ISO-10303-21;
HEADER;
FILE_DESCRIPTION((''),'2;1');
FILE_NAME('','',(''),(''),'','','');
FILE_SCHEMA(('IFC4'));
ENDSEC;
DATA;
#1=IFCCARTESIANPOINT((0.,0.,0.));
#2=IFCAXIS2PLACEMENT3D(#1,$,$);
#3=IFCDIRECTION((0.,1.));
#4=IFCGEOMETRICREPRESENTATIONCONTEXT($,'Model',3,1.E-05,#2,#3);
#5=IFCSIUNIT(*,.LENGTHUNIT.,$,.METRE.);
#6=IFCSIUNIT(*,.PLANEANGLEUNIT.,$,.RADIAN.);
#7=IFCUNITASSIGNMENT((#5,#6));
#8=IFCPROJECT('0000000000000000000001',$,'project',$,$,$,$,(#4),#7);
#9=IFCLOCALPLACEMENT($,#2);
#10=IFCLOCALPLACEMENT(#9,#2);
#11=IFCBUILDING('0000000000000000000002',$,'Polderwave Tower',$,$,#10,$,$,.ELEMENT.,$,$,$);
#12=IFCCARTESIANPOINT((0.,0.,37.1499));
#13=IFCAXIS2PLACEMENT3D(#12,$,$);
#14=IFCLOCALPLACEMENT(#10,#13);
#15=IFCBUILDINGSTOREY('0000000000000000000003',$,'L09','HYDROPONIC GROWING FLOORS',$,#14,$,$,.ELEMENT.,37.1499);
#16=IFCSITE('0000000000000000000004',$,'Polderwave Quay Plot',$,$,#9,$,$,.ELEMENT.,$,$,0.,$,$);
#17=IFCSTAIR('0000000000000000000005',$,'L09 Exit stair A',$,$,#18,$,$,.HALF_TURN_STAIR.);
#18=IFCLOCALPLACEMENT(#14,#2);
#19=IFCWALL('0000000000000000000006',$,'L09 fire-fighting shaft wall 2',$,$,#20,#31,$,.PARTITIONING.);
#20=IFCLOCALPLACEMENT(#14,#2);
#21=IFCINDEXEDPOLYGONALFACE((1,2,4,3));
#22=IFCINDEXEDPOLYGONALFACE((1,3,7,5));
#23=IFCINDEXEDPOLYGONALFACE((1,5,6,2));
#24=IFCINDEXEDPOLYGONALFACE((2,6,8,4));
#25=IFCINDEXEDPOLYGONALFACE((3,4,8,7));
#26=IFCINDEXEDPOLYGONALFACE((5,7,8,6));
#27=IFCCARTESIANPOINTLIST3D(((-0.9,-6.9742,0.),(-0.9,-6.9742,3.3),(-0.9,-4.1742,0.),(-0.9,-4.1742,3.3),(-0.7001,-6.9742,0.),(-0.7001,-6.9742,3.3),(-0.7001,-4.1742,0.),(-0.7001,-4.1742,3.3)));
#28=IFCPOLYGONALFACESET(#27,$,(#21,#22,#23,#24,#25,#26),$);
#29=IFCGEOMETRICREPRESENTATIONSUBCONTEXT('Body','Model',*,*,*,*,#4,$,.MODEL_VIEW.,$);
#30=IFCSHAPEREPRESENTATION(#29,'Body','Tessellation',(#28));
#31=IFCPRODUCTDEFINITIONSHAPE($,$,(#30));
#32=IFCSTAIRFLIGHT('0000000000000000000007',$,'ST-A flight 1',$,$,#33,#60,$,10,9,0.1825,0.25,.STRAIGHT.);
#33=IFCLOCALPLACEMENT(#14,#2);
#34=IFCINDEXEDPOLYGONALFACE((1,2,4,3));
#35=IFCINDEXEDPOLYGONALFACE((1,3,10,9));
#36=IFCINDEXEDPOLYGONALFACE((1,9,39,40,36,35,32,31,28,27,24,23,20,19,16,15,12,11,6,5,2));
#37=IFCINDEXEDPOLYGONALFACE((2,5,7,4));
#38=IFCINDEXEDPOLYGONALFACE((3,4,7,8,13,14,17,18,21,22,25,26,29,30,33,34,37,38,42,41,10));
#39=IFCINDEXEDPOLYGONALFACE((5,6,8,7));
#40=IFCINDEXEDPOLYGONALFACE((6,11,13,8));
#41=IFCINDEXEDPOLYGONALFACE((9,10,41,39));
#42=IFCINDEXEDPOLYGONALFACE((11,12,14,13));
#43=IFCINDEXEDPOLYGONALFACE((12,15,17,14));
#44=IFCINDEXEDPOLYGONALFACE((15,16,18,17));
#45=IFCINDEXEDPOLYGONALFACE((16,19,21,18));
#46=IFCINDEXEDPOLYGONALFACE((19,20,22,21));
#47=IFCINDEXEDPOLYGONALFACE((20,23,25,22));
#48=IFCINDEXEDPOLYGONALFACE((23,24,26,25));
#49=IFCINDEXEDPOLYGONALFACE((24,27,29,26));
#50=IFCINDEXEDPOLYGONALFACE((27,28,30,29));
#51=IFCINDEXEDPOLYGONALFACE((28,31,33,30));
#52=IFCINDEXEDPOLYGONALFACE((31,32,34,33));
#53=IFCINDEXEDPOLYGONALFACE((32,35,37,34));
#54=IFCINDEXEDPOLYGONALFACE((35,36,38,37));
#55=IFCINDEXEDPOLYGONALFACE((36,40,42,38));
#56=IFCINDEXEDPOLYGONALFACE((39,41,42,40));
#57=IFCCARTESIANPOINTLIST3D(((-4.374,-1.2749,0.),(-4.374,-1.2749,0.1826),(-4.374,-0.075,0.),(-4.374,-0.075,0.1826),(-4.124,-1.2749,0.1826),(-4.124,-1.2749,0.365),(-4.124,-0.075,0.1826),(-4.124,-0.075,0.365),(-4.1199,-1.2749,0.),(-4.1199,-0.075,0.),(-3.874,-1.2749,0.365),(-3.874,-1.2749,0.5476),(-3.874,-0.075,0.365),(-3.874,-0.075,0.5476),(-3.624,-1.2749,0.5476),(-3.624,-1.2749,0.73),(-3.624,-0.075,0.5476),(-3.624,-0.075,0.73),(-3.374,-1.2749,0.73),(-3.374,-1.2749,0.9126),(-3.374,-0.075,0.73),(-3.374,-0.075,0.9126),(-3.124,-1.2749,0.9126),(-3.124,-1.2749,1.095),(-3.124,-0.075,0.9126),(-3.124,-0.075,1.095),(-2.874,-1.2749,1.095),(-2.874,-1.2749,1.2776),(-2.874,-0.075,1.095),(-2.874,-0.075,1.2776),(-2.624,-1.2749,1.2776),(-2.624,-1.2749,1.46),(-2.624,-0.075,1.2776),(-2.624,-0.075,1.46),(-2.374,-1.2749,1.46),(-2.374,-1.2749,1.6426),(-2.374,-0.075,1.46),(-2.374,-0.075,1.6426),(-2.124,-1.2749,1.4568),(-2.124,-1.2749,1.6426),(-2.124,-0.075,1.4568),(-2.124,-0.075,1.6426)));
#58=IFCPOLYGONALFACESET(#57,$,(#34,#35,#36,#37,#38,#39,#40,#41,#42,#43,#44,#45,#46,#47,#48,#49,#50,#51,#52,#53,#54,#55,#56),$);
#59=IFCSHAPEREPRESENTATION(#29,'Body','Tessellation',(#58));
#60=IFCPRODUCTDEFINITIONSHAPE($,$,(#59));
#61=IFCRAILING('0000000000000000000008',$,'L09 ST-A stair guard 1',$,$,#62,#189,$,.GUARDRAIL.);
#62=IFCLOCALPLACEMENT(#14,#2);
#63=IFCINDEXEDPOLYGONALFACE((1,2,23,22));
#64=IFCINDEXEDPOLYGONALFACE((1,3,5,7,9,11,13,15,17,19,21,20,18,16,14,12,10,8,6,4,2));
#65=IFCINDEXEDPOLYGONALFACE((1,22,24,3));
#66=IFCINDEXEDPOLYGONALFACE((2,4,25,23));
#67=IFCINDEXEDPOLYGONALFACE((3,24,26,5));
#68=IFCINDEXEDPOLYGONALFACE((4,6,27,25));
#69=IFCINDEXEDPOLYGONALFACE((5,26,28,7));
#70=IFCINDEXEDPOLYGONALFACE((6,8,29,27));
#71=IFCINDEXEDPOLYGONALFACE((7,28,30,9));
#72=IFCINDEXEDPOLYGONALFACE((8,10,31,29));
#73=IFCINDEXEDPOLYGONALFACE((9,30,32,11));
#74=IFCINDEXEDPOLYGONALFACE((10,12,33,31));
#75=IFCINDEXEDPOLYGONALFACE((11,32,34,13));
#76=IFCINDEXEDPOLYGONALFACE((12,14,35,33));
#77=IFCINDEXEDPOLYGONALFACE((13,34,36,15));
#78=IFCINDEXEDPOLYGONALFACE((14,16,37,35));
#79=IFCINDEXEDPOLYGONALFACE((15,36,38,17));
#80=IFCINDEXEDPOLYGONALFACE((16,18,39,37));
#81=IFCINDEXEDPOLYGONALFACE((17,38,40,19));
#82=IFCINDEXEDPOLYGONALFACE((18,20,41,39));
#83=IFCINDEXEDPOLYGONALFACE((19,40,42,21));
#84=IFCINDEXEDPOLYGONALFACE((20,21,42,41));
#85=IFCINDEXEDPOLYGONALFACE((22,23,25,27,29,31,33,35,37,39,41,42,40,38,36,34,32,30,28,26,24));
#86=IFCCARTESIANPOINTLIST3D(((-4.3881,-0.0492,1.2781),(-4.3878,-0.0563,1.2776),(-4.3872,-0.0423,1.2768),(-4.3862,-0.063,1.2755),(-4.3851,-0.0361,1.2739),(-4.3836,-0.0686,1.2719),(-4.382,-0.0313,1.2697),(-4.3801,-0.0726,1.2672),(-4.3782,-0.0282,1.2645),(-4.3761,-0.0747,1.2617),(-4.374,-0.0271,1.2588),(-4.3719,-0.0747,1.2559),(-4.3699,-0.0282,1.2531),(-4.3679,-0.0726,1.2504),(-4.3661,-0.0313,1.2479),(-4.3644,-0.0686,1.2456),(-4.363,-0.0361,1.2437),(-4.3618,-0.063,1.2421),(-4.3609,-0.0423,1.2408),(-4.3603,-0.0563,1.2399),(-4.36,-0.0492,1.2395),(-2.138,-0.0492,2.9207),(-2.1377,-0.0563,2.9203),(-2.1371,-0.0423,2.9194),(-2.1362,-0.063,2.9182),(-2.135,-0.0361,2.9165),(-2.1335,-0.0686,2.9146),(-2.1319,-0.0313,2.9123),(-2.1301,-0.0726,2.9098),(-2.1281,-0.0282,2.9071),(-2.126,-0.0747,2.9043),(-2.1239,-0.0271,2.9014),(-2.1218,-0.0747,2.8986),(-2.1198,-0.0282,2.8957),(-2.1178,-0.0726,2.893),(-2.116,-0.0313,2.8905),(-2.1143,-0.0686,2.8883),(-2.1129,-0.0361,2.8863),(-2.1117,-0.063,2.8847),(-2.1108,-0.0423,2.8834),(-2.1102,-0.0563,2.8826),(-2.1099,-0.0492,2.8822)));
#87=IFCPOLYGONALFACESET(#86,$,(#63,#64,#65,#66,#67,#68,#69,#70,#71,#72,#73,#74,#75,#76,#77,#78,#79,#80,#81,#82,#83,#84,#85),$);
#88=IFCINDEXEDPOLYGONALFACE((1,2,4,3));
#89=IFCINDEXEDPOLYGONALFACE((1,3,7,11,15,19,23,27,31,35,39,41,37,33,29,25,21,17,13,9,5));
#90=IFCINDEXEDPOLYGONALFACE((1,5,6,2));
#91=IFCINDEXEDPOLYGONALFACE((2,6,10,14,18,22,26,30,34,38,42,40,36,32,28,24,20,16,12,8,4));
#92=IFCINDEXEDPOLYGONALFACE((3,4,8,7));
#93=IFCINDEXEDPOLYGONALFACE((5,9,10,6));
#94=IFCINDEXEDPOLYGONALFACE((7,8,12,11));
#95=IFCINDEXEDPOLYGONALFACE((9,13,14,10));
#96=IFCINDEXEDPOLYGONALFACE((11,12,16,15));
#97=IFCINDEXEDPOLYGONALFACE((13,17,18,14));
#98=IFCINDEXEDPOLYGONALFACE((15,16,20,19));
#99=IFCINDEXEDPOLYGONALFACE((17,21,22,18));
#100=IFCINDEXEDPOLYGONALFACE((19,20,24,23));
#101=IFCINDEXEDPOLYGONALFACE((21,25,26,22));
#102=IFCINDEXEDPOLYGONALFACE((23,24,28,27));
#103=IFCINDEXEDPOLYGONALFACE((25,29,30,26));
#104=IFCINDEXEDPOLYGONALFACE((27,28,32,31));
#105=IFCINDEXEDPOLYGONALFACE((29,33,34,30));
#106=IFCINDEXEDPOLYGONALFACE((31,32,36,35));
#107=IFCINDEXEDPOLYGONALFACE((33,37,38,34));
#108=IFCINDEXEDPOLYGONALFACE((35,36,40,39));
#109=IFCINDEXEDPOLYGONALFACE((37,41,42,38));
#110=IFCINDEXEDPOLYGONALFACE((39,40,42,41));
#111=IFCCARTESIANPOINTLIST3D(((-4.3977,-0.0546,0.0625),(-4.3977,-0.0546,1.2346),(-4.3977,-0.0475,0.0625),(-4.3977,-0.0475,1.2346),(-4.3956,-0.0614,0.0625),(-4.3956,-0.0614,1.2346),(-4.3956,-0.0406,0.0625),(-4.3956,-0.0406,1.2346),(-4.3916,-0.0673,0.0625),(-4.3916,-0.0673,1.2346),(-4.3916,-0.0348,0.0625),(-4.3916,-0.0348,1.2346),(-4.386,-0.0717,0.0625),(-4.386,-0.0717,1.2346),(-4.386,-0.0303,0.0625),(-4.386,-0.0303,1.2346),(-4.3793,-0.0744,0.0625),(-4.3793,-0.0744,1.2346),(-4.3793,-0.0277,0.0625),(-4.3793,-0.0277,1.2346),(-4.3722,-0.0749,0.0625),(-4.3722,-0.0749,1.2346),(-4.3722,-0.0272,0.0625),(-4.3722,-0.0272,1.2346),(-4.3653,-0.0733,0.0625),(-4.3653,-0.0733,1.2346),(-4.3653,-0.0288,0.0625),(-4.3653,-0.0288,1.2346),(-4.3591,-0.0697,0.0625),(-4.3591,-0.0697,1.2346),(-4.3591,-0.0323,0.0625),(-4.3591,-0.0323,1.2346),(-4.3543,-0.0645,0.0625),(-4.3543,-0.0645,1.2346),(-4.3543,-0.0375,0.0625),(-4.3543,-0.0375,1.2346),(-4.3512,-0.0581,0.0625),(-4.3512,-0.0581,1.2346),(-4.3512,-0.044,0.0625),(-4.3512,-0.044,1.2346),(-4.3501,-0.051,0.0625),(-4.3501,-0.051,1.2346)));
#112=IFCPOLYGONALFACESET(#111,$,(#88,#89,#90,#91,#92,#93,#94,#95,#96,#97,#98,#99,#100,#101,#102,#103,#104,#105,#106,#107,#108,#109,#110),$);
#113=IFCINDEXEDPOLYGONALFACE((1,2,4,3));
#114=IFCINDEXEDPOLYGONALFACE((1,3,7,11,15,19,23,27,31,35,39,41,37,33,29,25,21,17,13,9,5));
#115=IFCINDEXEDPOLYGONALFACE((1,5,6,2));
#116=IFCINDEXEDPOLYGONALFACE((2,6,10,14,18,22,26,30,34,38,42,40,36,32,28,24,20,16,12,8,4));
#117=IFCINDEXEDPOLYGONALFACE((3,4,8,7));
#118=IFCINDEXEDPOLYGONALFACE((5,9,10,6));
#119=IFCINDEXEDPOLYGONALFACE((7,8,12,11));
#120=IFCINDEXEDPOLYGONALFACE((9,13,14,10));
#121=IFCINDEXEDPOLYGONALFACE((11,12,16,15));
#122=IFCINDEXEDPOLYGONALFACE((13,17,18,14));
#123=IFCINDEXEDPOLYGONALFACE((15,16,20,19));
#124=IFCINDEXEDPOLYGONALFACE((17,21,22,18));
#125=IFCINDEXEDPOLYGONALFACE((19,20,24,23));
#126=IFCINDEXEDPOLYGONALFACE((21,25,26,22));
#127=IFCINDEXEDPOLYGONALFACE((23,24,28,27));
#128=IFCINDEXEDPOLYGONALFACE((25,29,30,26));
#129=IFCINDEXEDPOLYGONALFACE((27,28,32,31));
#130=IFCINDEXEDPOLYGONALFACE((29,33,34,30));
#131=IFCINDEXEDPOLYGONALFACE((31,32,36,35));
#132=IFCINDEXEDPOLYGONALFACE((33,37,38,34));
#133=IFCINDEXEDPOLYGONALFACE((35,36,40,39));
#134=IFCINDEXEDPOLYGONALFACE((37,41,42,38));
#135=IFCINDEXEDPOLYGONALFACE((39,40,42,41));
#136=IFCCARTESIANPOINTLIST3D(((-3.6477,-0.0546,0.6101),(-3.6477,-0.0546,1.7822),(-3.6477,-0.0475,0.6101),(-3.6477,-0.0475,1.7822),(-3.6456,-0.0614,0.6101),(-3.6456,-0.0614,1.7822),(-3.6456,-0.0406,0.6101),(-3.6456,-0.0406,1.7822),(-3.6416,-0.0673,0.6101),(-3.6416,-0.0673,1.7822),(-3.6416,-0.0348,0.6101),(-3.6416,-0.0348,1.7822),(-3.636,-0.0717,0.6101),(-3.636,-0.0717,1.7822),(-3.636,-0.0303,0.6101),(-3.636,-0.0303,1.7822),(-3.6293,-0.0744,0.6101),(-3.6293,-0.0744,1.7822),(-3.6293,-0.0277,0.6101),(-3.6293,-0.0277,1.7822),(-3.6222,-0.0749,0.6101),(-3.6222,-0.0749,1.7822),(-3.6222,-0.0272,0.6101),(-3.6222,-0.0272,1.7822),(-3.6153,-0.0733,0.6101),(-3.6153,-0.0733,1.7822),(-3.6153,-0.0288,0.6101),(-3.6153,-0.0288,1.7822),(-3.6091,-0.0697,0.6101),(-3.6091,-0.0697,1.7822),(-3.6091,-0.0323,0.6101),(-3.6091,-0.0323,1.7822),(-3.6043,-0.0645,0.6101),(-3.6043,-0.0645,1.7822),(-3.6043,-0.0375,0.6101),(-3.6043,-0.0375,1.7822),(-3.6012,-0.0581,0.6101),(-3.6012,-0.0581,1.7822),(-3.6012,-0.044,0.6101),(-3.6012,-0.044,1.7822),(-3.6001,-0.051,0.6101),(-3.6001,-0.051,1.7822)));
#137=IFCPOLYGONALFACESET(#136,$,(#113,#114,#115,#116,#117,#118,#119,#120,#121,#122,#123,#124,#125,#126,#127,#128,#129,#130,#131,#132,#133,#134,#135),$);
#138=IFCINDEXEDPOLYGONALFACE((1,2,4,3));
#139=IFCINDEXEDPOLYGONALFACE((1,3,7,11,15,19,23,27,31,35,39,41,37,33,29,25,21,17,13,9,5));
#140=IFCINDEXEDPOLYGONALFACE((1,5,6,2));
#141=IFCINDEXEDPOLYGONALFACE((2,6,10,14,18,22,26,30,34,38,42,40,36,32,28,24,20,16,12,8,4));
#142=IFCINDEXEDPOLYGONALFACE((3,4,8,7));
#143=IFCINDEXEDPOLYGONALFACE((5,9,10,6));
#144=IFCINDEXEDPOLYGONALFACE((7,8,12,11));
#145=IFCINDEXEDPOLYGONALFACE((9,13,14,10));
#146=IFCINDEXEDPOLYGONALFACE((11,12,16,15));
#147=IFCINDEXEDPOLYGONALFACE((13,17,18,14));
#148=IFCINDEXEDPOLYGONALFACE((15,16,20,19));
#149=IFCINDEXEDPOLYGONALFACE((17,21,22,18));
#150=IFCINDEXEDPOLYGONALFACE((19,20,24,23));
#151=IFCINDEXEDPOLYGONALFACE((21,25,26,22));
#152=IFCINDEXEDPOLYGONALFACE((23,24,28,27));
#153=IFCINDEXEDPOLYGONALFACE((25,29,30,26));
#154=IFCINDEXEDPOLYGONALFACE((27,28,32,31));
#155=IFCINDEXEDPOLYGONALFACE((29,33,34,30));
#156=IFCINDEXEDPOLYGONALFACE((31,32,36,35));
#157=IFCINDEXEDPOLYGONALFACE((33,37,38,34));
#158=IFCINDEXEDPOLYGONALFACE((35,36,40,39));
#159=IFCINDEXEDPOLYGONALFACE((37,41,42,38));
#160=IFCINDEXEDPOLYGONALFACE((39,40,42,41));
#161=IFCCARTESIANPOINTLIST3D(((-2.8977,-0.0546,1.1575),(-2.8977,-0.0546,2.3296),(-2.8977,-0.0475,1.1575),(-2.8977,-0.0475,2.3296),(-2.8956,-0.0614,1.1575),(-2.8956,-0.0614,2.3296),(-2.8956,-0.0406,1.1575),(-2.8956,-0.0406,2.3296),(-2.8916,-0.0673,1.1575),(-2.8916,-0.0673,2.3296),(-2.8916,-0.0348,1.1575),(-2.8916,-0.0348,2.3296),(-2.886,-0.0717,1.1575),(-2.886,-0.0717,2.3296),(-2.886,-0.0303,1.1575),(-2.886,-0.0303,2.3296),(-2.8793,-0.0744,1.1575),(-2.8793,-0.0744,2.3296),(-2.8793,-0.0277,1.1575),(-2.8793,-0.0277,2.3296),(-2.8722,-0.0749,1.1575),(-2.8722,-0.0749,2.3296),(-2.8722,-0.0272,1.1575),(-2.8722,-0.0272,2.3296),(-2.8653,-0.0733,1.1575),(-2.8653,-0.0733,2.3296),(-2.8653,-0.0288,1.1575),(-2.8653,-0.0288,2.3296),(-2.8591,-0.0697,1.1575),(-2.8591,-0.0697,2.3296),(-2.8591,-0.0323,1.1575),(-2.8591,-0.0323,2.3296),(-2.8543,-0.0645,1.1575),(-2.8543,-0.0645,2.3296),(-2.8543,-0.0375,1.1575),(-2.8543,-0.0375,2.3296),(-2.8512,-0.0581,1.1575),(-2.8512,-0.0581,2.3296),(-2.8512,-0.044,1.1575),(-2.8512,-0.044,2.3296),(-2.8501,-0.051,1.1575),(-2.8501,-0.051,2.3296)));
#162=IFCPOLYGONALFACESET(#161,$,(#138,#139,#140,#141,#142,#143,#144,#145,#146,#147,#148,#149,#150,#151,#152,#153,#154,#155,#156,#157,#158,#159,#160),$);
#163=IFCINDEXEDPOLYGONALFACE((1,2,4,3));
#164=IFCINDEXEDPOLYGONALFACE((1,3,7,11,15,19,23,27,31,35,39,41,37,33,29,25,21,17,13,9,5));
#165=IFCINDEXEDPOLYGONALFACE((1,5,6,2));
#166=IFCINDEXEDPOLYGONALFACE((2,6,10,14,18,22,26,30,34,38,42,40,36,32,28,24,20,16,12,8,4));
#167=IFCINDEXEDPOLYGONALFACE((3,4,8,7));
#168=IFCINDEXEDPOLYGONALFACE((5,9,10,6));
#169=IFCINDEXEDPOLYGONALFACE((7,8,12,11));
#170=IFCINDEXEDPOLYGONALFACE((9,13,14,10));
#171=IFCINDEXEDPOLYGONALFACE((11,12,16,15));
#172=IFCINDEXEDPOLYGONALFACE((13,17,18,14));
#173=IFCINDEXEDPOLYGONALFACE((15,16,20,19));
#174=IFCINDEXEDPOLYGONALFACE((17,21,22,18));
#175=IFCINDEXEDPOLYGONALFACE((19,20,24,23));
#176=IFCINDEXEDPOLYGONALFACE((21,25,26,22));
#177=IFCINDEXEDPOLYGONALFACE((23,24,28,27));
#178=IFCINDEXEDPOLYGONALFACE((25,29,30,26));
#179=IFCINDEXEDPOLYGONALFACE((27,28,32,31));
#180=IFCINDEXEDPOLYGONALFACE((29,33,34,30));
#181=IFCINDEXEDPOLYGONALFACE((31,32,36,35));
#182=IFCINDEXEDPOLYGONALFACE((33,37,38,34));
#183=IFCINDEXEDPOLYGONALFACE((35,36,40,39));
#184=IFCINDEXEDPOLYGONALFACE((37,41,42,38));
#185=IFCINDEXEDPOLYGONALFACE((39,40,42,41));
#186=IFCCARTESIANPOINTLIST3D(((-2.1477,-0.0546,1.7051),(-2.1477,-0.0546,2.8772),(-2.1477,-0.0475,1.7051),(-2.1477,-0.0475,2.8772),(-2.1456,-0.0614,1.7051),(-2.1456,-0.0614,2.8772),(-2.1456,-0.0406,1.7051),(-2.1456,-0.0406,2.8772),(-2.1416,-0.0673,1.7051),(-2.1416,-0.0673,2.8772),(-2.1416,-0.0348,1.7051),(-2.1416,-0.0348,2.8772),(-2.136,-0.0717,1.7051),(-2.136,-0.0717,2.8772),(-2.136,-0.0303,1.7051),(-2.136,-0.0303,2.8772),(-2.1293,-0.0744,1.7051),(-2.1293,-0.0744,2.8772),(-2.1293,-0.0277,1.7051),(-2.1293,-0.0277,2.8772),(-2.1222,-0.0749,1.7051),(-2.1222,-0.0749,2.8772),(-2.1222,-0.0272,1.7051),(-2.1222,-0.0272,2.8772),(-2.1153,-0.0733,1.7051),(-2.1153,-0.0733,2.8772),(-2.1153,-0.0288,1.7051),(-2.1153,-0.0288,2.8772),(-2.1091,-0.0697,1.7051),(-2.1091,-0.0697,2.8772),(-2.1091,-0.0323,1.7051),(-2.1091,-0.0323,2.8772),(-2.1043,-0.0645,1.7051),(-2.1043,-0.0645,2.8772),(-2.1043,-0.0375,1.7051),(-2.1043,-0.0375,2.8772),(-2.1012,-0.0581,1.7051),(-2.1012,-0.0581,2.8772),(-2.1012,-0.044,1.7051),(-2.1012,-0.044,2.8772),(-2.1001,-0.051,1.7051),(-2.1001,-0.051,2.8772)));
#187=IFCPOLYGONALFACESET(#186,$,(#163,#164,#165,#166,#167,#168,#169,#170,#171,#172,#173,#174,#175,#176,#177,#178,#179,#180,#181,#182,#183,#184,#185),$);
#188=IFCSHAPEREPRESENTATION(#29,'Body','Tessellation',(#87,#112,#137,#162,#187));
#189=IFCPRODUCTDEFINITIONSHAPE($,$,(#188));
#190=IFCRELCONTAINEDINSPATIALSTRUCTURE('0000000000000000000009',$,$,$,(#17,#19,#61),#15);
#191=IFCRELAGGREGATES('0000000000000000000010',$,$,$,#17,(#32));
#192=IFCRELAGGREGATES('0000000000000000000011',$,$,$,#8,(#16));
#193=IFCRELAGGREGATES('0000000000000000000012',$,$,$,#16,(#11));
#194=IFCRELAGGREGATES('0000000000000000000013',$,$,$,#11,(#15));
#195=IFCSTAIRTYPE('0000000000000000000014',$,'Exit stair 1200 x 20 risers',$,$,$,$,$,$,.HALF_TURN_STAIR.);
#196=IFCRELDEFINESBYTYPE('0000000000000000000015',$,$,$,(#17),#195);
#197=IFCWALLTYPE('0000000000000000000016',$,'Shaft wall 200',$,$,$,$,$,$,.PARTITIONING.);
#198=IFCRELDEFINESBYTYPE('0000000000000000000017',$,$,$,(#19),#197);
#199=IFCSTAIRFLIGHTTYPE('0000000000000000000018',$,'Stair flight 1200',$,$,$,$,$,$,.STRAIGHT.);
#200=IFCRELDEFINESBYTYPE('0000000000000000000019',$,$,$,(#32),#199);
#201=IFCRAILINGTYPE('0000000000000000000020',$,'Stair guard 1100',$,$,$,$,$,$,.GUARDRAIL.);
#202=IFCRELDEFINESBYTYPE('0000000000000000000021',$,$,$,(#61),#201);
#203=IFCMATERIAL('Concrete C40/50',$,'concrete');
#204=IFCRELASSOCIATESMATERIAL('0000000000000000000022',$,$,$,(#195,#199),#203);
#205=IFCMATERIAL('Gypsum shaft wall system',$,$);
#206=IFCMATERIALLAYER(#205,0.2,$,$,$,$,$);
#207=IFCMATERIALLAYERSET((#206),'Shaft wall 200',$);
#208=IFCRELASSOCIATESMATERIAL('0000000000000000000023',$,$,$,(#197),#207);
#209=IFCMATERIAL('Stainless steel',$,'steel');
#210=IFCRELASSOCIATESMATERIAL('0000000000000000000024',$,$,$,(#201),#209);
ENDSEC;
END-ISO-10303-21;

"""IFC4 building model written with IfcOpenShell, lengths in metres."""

from ifc_helpers import new_model, si_unit, direction, frame, frame_2d, origin, origin_2d, place, context, subcontext, project, spatial, polyline, rectangle, circle, outline, extrude, material, layer, layer_set, type_object, element, aggregate, save


model = new_model("IFC4")

# Units and contexts
model_context = context("Model", 3, precision=1e-05, world=origin(), true_north=direction((0.0, 1.0)))
body_context = subcontext(model_context, "Body", "Model", "MODEL_VIEW")
ifc_project = project(units=[si_unit("LENGTHUNIT", "METRE"), si_unit("PLANEANGLEUNIT", "RADIAN")], contexts=[model_context])

# Site, building, storey
site_placement = place(None, origin())
site = spatial("IfcSite", under=ifc_project, at=site_placement, Name="Polderwave Quay Plot", CompositionType="ELEMENT", RefElevation=0.0)
building_placement = place(site_placement, origin())
building = spatial("IfcBuilding", under=site, at=building_placement, Name="Polderwave Tower", CompositionType="ELEMENT")
storey_placement = place(building_placement, frame((0.0, 0.0, 37.1499)))
storey = spatial("IfcBuildingStorey", under=building, at=storey_placement, Name="L09", Description="HYDROPONIC GROWING FLOORS", CompositionType="ELEMENT", Elevation=37.1499)

# Shared definitions
ifc_material_1 = material(Name="Concrete C40/50", Category="concrete")

# Stair
stair_type = type_object("IfcStairType", Name="Exit stair 1200 x 20 risers", PredefinedType="HALF_TURN_STAIR", material=ifc_material_1)
stair_placement = place(storey_placement, origin())
stair = element("IfcStair", 1, at=stair_placement, inside=storey, type_object=stair_type, Name="L09 Exit stair A", PredefinedType="HALF_TURN_STAIR")

# Wall
ifc_material_2 = material(Name="Gypsum shaft wall system")
ifc_layer_1 = layer(ifc_material_2, 0.2)
ifc_layer_set_1 = layer_set([ifc_layer_1], Name="Shaft wall 200")
wall_type_1 = type_object("IfcWallType", Name="Shaft wall 200", PredefinedType="PARTITIONING", material=ifc_layer_set_1)
for number, where, z_axis, x_axis, name in (
    (2, (-0.8, -6.9741, 0.0), (0.0, 0.0, 1.0), (0.0, 1.0, 0.0), "L09 fire-fighting shaft wall 2"),
):
    element("IfcWall", number, at=place(storey_placement, frame(where, z_axis=z_axis, x_axis=x_axis)), inside=storey, type_object=wall_type_1, Name=name, PredefinedType="PARTITIONING", context=body_context, shape_type="SweptSolid", body=[
        extrude(rectangle(XDim=2.8, YDim=0.2, at=frame_2d((1.3999, 0.0))), origin(), (0.0, 0.0, 1.0), 3.3),
    ])

# Stair flight
stair_flight_type = type_object("IfcStairFlightType", Name="Stair flight 1200", PredefinedType="STRAIGHT", material=ifc_material_1)
stair_flight_placement = place(storey_placement, frame((-4.374, -0.675, 0.0), z_axis=(0.0, 0.0, 1.0), x_axis=(1.0, 0.0, 0.0)))
stair_flight = element("IfcStairFlight", 3, at=stair_flight_placement, type_object=stair_flight_type, Name="ST-A flight 1", NumberOfRisers=10, NumberOfTreads=9, PredefinedType="STRAIGHT", RiserHeight=0.1825, TreadLength=0.25, context=body_context, shape_type="SweptSolid", body=[
    extrude(outline(polyline([(0.0, 0.0), (0.0, 0.1826), (0.25, 0.1826), (0.25, 0.365), (0.5, 0.365), (0.5, 0.5476), (0.75, 0.5476), (0.75, 0.73), (1.0, 0.73), (1.0, 0.9126), (1.25, 0.9126), (1.25, 1.095), (1.5, 1.095), (1.5, 1.2776), (1.75, 1.2776), (1.75, 1.46), (2.0, 1.46), (2.0, 1.6426), (2.25, 1.6426), (2.25, 1.825), (2.25, 1.4568), (0.2542, 0.0), (0.0, 0.0)])), frame((0.0, 0.6001, 0.0), z_axis=(0.0, -1.0, 0.0), x_axis=(1.0, 0.0, 0.0)), (0.0, 0.0, 1.0), 1.2),
])
aggregate(stair, [stair_flight])

# Railing
ifc_material_3 = material(Name="Stainless steel", Category="steel")
railing_type = type_object("IfcRailingType", Name="Stair guard 1100", PredefinedType="GUARDRAIL", material=ifc_material_3)
railing_1_placement = place(storey_placement, frame((-4.374, -0.051, 0.0625)))
element("IfcRailing", 4, at=railing_1_placement, inside=storey, type_object=railing_type, Name="L09 ST-A stair guard 1", PredefinedType="GUARDRAIL", context=body_context, shape_type="SweptSolid", body=[
    extrude(circle(Radius=0.0239, at=origin_2d()), frame((0.0, 0.0, 1.1963), z_axis=(0.807674, 0.0, 0.58963), x_axis=(0.0, 1.0, 0.0)), (0.0, 0.0, 1.0), 2.7859),
    extrude(circle(Radius=0.0239, at=origin_2d()), origin(), (0.0, 0.0, 1.0), 1.1721),
    extrude(circle(Radius=0.0239, at=origin_2d()), frame((0.75, 0.0, 0.5476)), (0.0, 0.0, 1.0), 1.1721),
    extrude(circle(Radius=0.0239, at=origin_2d()), frame((1.5, 0.0, 1.095)), (0.0, 0.0, 1.0), 1.1721),
    extrude(circle(Radius=0.0239, at=origin_2d()), frame((2.25, 0.0, 1.6426)), (0.0, 0.0, 1.0), 1.1721),
])

save(model, "model.ifc")
